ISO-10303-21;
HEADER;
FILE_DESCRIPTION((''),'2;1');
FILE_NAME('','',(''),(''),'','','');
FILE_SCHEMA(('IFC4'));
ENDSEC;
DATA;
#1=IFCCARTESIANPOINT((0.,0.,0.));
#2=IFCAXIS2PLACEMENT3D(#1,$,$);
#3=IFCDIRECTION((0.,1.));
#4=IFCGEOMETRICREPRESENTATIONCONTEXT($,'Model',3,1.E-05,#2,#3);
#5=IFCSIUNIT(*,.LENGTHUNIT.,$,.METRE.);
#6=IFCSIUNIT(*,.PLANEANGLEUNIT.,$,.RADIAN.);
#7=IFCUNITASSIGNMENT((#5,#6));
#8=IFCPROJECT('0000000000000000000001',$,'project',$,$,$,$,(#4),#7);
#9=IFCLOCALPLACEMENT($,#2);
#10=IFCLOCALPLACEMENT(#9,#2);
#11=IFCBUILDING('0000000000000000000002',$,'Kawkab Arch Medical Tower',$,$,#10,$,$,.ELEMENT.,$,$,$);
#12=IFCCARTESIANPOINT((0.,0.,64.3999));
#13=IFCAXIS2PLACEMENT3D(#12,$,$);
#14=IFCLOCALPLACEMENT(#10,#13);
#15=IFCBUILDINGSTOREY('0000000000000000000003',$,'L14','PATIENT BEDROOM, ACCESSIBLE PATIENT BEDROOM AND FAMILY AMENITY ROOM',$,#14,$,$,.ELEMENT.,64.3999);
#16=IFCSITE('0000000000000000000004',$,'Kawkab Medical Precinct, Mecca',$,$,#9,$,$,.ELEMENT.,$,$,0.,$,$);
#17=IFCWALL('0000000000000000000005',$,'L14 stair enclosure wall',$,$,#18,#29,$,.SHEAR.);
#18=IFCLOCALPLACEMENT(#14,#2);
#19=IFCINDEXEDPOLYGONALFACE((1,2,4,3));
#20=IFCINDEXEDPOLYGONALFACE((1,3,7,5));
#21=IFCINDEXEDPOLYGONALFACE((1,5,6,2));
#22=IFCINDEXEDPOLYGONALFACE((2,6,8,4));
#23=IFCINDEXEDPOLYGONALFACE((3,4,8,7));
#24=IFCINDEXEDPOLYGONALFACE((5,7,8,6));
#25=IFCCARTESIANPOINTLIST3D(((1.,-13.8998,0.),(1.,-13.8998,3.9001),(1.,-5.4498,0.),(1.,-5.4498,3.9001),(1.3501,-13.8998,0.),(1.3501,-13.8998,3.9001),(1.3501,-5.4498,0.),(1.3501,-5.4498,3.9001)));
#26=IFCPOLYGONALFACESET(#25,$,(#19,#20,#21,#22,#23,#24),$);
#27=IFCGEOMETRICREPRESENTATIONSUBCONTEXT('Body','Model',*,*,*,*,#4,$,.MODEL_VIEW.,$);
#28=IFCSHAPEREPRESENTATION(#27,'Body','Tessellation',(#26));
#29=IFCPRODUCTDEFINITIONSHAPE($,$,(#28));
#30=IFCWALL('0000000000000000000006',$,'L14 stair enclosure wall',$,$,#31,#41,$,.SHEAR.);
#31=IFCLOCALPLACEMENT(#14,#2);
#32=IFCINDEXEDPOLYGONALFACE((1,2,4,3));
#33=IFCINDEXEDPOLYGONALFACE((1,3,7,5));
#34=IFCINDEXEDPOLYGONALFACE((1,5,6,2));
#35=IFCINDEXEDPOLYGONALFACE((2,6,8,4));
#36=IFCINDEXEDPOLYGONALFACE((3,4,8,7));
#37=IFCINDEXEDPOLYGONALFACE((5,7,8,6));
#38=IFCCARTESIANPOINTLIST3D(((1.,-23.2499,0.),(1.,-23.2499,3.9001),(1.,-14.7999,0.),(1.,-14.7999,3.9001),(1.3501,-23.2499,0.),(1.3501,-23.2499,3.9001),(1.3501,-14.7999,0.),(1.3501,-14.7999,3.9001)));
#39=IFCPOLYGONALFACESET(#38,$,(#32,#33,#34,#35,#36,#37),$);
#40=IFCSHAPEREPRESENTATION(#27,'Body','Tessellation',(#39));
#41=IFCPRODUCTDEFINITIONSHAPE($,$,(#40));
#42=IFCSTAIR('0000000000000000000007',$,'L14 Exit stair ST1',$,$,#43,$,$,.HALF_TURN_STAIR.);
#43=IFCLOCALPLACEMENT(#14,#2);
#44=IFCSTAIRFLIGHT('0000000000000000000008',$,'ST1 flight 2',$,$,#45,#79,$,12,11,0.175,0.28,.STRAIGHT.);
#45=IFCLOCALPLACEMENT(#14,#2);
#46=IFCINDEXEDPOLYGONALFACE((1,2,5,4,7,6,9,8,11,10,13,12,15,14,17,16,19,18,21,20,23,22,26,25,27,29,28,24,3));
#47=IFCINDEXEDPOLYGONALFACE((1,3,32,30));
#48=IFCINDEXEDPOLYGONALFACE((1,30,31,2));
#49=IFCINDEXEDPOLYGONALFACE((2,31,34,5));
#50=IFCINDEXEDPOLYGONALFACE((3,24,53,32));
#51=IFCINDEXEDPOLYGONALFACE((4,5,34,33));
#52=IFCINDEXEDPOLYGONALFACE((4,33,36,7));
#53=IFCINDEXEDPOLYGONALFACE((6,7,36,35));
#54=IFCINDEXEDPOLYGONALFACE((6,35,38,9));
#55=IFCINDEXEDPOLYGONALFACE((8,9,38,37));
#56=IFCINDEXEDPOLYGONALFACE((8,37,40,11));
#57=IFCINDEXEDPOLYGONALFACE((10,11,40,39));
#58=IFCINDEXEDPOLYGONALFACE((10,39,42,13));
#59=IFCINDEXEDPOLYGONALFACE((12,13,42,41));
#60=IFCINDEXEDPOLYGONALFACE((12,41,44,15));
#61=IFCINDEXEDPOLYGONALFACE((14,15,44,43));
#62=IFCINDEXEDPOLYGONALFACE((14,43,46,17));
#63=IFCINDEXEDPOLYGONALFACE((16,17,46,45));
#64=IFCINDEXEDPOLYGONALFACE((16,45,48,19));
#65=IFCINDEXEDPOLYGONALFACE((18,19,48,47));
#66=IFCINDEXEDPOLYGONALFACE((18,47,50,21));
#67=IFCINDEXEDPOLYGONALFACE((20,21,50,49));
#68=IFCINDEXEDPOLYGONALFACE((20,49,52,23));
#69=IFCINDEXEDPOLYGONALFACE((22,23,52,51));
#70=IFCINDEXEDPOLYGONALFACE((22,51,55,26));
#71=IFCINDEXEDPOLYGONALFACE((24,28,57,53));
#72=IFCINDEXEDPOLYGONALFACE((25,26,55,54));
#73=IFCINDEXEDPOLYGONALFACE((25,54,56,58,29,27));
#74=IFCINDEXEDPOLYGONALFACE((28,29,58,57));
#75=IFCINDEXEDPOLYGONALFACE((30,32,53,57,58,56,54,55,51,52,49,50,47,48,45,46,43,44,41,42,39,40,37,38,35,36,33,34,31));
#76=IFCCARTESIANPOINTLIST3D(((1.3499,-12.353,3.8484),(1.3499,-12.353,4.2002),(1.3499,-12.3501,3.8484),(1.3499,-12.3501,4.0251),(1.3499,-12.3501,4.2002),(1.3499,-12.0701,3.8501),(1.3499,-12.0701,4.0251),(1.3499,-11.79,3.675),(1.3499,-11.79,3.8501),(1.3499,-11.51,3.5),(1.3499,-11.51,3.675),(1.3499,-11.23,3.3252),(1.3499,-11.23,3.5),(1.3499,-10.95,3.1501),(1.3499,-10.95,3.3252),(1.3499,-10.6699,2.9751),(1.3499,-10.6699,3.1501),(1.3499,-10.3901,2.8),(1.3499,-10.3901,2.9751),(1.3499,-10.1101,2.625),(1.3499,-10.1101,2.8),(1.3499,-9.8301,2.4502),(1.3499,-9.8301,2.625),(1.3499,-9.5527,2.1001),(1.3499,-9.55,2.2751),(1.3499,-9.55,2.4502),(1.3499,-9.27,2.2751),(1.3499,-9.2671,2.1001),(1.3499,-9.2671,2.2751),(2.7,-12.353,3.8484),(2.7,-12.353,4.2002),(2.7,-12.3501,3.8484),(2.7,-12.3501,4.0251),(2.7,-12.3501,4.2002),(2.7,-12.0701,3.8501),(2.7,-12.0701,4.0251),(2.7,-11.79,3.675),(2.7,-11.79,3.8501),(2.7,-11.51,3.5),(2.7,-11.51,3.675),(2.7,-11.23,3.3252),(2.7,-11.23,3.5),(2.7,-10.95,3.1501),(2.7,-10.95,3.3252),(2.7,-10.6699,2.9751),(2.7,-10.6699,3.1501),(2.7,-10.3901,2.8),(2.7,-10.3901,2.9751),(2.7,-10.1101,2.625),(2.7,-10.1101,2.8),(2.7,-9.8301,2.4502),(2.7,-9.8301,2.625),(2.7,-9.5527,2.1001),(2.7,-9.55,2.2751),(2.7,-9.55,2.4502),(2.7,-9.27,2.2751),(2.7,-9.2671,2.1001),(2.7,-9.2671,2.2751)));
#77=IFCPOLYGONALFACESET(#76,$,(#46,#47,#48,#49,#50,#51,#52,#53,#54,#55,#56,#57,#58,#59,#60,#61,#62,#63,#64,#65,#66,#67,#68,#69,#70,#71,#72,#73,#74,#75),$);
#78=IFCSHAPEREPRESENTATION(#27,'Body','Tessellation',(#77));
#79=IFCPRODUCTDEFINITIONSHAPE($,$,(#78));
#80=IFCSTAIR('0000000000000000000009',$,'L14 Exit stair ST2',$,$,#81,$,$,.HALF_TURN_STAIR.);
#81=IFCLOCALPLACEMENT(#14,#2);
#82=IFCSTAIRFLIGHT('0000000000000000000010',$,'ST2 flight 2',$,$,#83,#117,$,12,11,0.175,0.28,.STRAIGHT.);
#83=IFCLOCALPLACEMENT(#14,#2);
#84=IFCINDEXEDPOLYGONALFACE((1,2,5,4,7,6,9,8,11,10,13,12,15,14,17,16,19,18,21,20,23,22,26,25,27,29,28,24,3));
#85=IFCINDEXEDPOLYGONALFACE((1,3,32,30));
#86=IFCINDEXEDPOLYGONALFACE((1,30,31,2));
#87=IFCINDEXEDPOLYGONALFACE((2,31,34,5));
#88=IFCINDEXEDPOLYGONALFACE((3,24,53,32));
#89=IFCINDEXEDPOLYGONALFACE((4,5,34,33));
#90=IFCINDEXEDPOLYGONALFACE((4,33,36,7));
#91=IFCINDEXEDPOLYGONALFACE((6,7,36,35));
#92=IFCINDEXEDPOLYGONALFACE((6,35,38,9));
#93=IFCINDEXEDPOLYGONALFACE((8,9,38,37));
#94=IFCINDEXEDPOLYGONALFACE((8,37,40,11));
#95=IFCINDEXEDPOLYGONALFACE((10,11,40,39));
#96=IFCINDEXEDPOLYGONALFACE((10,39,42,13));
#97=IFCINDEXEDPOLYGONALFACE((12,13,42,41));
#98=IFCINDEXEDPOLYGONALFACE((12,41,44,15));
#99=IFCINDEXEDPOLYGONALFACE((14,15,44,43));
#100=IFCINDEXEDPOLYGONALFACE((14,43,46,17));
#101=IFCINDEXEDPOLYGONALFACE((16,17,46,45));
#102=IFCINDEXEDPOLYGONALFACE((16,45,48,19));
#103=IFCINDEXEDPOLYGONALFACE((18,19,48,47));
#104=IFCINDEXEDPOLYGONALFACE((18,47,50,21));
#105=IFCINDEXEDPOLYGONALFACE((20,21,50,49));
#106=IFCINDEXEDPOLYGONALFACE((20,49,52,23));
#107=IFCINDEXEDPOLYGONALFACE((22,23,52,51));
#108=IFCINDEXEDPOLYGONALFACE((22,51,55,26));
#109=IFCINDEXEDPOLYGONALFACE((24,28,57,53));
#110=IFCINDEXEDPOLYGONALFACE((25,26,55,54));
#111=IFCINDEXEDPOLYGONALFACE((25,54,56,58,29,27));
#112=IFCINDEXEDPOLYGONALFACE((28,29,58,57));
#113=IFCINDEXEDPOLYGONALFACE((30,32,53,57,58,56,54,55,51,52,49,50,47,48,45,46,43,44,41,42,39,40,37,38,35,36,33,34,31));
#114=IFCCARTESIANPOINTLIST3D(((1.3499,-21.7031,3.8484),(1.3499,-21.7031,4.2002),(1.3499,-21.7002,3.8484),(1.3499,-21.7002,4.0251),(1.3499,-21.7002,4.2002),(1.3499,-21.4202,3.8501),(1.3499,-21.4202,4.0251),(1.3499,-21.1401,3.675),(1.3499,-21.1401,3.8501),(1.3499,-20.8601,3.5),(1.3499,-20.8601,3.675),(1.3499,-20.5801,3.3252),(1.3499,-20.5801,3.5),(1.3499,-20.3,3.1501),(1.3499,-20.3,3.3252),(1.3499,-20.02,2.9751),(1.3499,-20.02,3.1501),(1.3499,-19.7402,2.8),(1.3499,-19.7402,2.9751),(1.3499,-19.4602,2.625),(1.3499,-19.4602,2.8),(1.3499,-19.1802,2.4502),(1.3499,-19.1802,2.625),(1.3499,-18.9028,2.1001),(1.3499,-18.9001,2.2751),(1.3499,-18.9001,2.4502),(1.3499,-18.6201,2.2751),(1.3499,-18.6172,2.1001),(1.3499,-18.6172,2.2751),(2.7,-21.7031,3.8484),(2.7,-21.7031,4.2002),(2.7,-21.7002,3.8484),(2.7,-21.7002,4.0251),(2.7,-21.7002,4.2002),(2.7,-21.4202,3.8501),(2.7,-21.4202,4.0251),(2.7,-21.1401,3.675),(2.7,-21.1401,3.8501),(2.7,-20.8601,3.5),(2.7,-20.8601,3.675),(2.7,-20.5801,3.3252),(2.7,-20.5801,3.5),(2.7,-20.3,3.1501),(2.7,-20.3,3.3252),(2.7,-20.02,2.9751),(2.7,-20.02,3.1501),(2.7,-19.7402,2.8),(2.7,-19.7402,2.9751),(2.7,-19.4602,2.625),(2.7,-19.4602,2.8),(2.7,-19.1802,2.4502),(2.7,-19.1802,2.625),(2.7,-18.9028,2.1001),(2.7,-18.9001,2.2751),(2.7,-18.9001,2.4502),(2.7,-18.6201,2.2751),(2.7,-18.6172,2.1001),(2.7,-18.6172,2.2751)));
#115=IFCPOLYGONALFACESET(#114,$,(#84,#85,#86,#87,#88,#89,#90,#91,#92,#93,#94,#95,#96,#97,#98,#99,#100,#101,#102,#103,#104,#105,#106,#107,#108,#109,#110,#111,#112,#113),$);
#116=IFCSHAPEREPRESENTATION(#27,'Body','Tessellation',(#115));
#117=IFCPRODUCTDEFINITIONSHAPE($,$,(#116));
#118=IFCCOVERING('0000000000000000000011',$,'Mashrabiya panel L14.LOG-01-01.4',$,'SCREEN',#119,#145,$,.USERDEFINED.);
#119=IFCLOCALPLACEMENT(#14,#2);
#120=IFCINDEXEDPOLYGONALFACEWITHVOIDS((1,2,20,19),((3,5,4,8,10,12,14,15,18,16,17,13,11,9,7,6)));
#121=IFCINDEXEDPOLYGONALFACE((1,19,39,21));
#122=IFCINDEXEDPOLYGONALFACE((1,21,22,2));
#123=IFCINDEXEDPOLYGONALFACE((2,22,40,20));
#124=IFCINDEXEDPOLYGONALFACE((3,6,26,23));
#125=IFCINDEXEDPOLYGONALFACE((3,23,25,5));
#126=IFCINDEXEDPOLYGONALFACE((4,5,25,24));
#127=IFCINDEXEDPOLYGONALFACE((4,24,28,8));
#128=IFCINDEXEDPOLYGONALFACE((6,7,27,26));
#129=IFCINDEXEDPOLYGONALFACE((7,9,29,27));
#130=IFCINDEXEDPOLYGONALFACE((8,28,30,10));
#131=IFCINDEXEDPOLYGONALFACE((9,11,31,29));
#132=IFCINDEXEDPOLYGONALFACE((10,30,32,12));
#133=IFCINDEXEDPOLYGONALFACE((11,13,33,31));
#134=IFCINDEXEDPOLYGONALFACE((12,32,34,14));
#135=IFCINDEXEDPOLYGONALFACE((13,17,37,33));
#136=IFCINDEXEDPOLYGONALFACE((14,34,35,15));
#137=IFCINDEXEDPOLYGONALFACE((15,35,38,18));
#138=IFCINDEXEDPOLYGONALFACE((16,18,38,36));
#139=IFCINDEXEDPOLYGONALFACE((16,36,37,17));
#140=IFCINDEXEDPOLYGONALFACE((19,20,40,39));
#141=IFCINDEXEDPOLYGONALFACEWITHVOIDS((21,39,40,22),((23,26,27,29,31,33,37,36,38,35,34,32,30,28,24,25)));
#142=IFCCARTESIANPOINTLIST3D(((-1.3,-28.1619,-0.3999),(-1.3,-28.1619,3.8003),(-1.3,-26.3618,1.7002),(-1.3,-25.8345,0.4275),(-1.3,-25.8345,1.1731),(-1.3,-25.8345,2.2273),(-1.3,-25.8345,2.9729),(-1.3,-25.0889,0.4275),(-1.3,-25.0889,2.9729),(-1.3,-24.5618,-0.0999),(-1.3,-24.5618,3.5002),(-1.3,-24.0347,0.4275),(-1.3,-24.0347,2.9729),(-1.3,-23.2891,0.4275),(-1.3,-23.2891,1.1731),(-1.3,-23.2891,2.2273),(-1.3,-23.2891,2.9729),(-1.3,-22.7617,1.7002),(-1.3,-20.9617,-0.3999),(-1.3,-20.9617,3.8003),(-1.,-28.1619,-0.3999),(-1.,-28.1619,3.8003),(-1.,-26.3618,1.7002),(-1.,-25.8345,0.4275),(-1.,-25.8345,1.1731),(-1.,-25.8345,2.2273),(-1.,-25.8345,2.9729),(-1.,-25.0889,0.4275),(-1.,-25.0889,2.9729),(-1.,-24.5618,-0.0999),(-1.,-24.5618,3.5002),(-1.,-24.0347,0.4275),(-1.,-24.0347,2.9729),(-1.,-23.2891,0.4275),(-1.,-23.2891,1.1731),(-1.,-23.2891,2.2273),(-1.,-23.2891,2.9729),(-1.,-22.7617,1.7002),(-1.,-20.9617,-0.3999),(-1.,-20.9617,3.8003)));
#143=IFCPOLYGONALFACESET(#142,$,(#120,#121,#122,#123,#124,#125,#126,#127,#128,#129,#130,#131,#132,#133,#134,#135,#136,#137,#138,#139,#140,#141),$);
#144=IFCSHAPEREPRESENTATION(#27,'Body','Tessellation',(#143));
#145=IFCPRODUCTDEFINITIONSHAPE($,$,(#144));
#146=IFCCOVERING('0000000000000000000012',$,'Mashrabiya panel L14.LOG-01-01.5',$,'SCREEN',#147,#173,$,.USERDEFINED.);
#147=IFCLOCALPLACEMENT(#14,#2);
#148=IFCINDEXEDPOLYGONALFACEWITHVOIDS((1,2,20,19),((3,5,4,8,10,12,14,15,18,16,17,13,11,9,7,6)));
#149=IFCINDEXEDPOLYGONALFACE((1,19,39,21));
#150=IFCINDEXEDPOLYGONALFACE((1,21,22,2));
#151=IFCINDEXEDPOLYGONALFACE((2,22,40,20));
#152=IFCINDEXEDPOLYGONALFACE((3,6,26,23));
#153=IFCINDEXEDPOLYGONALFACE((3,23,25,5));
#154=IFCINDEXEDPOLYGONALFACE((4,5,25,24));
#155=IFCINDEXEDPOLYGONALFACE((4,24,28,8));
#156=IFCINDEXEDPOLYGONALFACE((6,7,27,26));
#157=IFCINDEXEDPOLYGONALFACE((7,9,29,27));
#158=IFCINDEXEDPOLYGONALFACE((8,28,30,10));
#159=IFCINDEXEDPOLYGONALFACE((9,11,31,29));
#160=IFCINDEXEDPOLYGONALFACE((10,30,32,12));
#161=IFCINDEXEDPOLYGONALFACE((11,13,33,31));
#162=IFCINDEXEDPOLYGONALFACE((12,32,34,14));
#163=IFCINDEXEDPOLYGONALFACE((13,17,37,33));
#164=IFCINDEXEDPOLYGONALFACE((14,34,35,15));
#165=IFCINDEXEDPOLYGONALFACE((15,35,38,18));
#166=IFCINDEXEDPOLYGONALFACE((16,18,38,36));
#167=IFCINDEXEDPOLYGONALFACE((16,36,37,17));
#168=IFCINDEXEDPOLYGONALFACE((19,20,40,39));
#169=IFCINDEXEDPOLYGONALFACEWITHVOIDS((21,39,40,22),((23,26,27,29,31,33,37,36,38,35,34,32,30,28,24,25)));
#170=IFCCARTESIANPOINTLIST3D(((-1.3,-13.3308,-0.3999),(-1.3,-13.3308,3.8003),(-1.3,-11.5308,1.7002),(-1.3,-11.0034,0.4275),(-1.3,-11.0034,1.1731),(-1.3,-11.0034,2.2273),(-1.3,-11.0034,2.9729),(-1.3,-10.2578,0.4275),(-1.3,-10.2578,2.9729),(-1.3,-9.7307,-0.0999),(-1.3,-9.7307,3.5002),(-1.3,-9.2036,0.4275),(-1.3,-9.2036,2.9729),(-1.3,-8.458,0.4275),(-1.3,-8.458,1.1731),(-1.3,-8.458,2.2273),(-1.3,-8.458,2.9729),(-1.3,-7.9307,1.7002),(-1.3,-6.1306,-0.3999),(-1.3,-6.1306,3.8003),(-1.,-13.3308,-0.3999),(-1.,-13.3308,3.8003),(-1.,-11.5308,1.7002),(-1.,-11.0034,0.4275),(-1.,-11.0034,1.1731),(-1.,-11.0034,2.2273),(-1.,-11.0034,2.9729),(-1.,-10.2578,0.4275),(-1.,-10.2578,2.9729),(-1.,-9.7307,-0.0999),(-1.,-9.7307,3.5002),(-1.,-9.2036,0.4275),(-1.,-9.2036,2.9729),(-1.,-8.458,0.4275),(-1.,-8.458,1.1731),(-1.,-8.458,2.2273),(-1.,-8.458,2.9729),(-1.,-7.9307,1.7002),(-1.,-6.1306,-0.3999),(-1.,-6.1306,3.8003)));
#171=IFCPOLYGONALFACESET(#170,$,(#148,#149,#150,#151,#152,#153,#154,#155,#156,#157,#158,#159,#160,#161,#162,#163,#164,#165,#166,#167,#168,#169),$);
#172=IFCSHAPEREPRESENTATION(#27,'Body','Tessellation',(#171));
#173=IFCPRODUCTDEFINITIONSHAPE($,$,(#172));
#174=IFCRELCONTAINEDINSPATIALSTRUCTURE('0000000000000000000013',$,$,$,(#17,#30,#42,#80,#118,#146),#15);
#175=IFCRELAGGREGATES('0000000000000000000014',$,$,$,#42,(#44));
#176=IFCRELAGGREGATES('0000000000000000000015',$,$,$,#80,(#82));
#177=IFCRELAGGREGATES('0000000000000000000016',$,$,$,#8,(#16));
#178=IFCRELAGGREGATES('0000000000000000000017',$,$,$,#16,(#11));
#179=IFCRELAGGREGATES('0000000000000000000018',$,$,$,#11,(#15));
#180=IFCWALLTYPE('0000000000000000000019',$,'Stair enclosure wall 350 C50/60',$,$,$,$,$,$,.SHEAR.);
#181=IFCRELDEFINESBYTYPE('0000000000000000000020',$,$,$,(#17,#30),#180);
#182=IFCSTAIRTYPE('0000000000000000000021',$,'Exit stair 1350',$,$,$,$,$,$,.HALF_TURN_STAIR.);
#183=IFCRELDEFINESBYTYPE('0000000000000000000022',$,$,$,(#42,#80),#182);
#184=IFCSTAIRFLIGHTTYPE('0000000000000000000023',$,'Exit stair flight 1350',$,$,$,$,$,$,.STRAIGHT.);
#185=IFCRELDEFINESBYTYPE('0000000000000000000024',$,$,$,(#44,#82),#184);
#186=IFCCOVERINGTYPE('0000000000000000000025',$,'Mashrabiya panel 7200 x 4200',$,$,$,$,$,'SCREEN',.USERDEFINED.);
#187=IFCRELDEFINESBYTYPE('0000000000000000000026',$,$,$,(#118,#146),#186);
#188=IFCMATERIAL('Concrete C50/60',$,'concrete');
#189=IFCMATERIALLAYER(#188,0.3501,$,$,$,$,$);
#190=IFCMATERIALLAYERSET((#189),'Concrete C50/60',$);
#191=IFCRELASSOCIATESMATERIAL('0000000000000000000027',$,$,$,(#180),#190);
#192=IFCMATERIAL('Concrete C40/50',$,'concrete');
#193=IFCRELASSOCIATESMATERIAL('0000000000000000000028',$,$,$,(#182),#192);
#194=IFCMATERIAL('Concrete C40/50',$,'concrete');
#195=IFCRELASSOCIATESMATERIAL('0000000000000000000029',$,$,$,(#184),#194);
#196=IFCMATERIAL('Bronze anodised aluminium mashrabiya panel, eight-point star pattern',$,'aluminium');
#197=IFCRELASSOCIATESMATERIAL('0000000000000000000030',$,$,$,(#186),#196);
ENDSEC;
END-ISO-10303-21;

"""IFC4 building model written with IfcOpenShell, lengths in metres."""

from ifc_helpers import new_model, si_unit, direction, frame, frame_2d, origin, place, context, subcontext, project, spatial, polyline, rectangle, outline, extrude, material, layer, layer_set, material_profile, profile_set, type_object, element, aggregate, save


model = new_model("IFC4")

# Units and contexts
model_context = context("Model", 3, precision=1e-05, world=origin(), true_north=direction((0.0, 1.0)))
body_context = subcontext(model_context, "Body", "Model", "MODEL_VIEW")
ifc_project = project(units=[si_unit("LENGTHUNIT", "METRE"), si_unit("PLANEANGLEUNIT", "RADIAN")], contexts=[model_context])

# Site, building, storey
site_placement = place(None, origin())
site = spatial("IfcSite", under=ifc_project, at=site_placement, Name="Kawkab Medical Precinct, Mecca", CompositionType="ELEMENT", RefElevation=0.0)
building_placement = place(site_placement, origin())
building = spatial("IfcBuilding", under=site, at=building_placement, Name="Kawkab Arch Medical Tower", CompositionType="ELEMENT")
storey_placement = place(building_placement, frame((0.0, 0.0, 64.3999)))
storey = spatial("IfcBuildingStorey", under=building, at=storey_placement, Name="L14", Description="PATIENT BEDROOM, ACCESSIBLE PATIENT BEDROOM AND FAMILY AMENITY ROOM", CompositionType="ELEMENT", Elevation=64.3999)

# Shared definitions
placement = place(storey_placement, origin())

# Walls
ifc_material_1 = material(Name="Concrete C50/60", Category="concrete")
ifc_layer_1 = layer(ifc_material_1, 0.3501)
ifc_layer_set_1 = layer_set([ifc_layer_1], Name="Concrete C50/60")
wall_type_1 = type_object("IfcWallType", Name="Stair enclosure wall 350 C50/60", PredefinedType="SHEAR", material=ifc_layer_set_1)
for number, where, z_axis, x_axis, name in (
    (1, (1.175, -13.8999, 0.0), (0.0, 0.0, 1.0), (0.0, 1.0, 0.0), "L14 stair enclosure wall"),
    (2, (1.175, -23.25, 0.0), (0.0, 0.0, 1.0), (0.0, 1.0, 0.0), "L14 stair enclosure wall"),
):
    element("IfcWall", number, at=place(storey_placement, frame(where, z_axis=z_axis, x_axis=x_axis)), inside=storey, type_object=wall_type_1, Name=name, PredefinedType="SHEAR", context=body_context, shape_type="SweptSolid", body=[
        extrude(rectangle(XDim=8.45, YDim=0.3501, at=frame_2d((4.2251, 0.0))), origin(), (0.0, 0.0, 1.0), 3.9001),
    ])

# Stairs, stair flights
ifc_material_2 = material(Name="Concrete C40/50", Category="concrete")
stair_type = type_object("IfcStairType", Name="Exit stair 1350", PredefinedType="HALF_TURN_STAIR", material=ifc_material_2)
stair_1 = element("IfcStair", 3, at=placement, inside=storey, type_object=stair_type, Name="L14 Exit stair ST1", PredefinedType="HALF_TURN_STAIR")
ifc_material_3 = material(Name="Concrete C40/50", Category="concrete")
stair_flight_type = type_object("IfcStairFlightType", Name="Exit stair flight 1350", PredefinedType="STRAIGHT", material=ifc_material_3)
stair_flight_1_placement = place(storey_placement, frame((2.0249, -9.27, 2.1001), z_axis=(0.0, 0.0, 1.0), x_axis=(0.0, -1.0, 0.0)))
stair_flight_1 = element("IfcStairFlight", 4, at=stair_flight_1_placement, type_object=stair_flight_type, Name="ST1 flight 2", NumberOfRisers=12, NumberOfTreads=11, PredefinedType="STRAIGHT", RiserHeight=0.175, TreadLength=0.28, context=body_context, shape_type="SweptSolid", body=[
    extrude(outline(polyline([(-0.0029, 0.0), (-0.0029, 0.175), (0.0, 0.175), (0.28, 0.175), (0.28, 0.3501), (0.5601, 0.3501), (0.5601, 0.5249), (0.8401, 0.5249), (0.8401, 0.7), (1.1201, 0.7), (1.1201, 0.875), (1.3999, 0.875), (1.3999, 1.05), (1.6799, 1.05), (1.6799, 1.2251), (1.96, 1.2251), (1.96, 1.3999), (2.24, 1.3999), (2.24, 1.575), (2.52, 1.575), (2.52, 1.75), (2.8, 1.75), (2.8, 1.925), (3.0801, 1.925), (3.0801, 2.1001), (3.083, 2.1001), (3.083, 1.7483), (3.0801, 1.7483), (0.2827, 0.0), (-0.0029, 0.0)])), frame((0.0, 0.675, 0.0), z_axis=(0.0, -1.0, 0.0), x_axis=(1.0, 0.0, 0.0)), (0.0, 0.0, 1.0), 1.3501),
])
aggregate(stair_1, [stair_flight_1])
stair_2 = element("IfcStair", 5, at=placement, inside=storey, type_object=stair_type, Name="L14 Exit stair ST2", PredefinedType="HALF_TURN_STAIR")
stair_flight_2_placement = place(storey_placement, frame((2.0249, -18.6201, 2.1001), z_axis=(0.0, 0.0, 1.0), x_axis=(0.0, -1.0, 0.0)))
stair_flight_2 = element("IfcStairFlight", 6, at=stair_flight_2_placement, type_object=stair_flight_type, Name="ST2 flight 2", NumberOfRisers=12, NumberOfTreads=11, PredefinedType="STRAIGHT", RiserHeight=0.175, TreadLength=0.28, context=body_context, shape_type="SweptSolid", body=[
    extrude(outline(polyline([(-0.0029, 0.0), (-0.0029, 0.175), (0.0, 0.175), (0.28, 0.175), (0.28, 0.3501), (0.5601, 0.3501), (0.5601, 0.5249), (0.8401, 0.5249), (0.8401, 0.7), (1.1201, 0.7), (1.1201, 0.875), (1.3999, 0.875), (1.3999, 1.05), (1.6799, 1.05), (1.6799, 1.2251), (1.96, 1.2251), (1.96, 1.3999), (2.24, 1.3999), (2.24, 1.575), (2.52, 1.575), (2.52, 1.75), (2.8, 1.75), (2.8, 1.925), (3.0801, 1.925), (3.0801, 2.1001), (3.083, 2.1001), (3.083, 1.7483), (3.0801, 1.7483), (0.2827, 0.0), (-0.0029, 0.0)])), frame((0.0, 0.675, 0.0), z_axis=(0.0, -1.0, 0.0), x_axis=(1.0, 0.0, 0.0)), (0.0, 0.0, 1.0), 1.3501),
])
aggregate(stair_2, [stair_flight_2])

# Coverings
ifc_material_4 = material(Name="Bronze anodised aluminium mashrabiya panel, eight-point star pattern", Category="aluminium")
ifc_material_profile_1 = material_profile(ifc_material_4, outline(polyline([(-3.6001, -2.1001), (3.6001, -2.1001), (3.6001, 2.1001), (-3.6001, 2.1001), (-3.6001, -2.1001)]), holes=[polyline([(1.8, 0.0), (1.2727, 0.5271), (1.2727, 1.2727), (0.5271, 1.2727), (0.0, 1.8), (-0.5271, 1.2727), (-1.2727, 1.2727), (-1.2727, 0.5271), (-1.8, 0.0), (-1.2727, -0.5271), (-1.2727, -1.2727), (-0.5271, -1.2727), (0.0, -1.8), (0.5271, -1.2727), (1.2727, -1.2727), (1.2727, -0.5271), (1.8, 0.0)])]), Name="Mashrabiya panel 7200x4200")
ifc_profile_set_1 = profile_set([ifc_material_profile_1], Name="Bronze anodised aluminium mashrabiya panel, eight-point star pattern")
covering_type_1 = type_object("IfcCoveringType", Name="Mashrabiya panel 7200 x 4200", ElementType="SCREEN", PredefinedType="USERDEFINED", material=ifc_profile_set_1)
for number, where, z_axis, x_axis, name in (
    (7, (-1.0, -24.5618, 1.7002), (-1.0, 0.0, 0.0), (0.0, -1.0, 0.0), "Mashrabiya panel L14.LOG-01-01.4"),
    (8, (-1.0, -9.7307, 1.7002), (-1.0, 0.0, 0.0), (0.0, -1.0, 0.0), "Mashrabiya panel L14.LOG-01-01.5"),
):
    element("IfcCovering", number, at=place(storey_placement, frame(where, z_axis=z_axis, x_axis=x_axis)), inside=storey, type_object=covering_type_1, Name=name, ObjectType="SCREEN", PredefinedType="USERDEFINED", context=body_context, shape_type="SweptSolid", body=[
        extrude(outline(polyline([(-3.6001, -2.1001), (3.6001, -2.1001), (3.6001, 2.1001), (-3.6001, 2.1001), (-3.6001, -2.1001)]), holes=[polyline([(1.8, 0.0), (1.2727, 0.5271), (1.2727, 1.2727), (0.5271, 1.2727), (0.0, 1.8), (-0.5271, 1.2727), (-1.2727, 1.2727), (-1.2727, 0.5271), (-1.8, 0.0), (-1.2727, -0.5271), (-1.2727, -1.2727), (-0.5271, -1.2727), (0.0, -1.8), (0.5271, -1.2727), (1.2727, -1.2727), (1.2727, -0.5271), (1.8, 0.0)])]), origin(), (0.0, 0.0, 1.0), 0.3),
    ])

save(model, "model.ifc")
